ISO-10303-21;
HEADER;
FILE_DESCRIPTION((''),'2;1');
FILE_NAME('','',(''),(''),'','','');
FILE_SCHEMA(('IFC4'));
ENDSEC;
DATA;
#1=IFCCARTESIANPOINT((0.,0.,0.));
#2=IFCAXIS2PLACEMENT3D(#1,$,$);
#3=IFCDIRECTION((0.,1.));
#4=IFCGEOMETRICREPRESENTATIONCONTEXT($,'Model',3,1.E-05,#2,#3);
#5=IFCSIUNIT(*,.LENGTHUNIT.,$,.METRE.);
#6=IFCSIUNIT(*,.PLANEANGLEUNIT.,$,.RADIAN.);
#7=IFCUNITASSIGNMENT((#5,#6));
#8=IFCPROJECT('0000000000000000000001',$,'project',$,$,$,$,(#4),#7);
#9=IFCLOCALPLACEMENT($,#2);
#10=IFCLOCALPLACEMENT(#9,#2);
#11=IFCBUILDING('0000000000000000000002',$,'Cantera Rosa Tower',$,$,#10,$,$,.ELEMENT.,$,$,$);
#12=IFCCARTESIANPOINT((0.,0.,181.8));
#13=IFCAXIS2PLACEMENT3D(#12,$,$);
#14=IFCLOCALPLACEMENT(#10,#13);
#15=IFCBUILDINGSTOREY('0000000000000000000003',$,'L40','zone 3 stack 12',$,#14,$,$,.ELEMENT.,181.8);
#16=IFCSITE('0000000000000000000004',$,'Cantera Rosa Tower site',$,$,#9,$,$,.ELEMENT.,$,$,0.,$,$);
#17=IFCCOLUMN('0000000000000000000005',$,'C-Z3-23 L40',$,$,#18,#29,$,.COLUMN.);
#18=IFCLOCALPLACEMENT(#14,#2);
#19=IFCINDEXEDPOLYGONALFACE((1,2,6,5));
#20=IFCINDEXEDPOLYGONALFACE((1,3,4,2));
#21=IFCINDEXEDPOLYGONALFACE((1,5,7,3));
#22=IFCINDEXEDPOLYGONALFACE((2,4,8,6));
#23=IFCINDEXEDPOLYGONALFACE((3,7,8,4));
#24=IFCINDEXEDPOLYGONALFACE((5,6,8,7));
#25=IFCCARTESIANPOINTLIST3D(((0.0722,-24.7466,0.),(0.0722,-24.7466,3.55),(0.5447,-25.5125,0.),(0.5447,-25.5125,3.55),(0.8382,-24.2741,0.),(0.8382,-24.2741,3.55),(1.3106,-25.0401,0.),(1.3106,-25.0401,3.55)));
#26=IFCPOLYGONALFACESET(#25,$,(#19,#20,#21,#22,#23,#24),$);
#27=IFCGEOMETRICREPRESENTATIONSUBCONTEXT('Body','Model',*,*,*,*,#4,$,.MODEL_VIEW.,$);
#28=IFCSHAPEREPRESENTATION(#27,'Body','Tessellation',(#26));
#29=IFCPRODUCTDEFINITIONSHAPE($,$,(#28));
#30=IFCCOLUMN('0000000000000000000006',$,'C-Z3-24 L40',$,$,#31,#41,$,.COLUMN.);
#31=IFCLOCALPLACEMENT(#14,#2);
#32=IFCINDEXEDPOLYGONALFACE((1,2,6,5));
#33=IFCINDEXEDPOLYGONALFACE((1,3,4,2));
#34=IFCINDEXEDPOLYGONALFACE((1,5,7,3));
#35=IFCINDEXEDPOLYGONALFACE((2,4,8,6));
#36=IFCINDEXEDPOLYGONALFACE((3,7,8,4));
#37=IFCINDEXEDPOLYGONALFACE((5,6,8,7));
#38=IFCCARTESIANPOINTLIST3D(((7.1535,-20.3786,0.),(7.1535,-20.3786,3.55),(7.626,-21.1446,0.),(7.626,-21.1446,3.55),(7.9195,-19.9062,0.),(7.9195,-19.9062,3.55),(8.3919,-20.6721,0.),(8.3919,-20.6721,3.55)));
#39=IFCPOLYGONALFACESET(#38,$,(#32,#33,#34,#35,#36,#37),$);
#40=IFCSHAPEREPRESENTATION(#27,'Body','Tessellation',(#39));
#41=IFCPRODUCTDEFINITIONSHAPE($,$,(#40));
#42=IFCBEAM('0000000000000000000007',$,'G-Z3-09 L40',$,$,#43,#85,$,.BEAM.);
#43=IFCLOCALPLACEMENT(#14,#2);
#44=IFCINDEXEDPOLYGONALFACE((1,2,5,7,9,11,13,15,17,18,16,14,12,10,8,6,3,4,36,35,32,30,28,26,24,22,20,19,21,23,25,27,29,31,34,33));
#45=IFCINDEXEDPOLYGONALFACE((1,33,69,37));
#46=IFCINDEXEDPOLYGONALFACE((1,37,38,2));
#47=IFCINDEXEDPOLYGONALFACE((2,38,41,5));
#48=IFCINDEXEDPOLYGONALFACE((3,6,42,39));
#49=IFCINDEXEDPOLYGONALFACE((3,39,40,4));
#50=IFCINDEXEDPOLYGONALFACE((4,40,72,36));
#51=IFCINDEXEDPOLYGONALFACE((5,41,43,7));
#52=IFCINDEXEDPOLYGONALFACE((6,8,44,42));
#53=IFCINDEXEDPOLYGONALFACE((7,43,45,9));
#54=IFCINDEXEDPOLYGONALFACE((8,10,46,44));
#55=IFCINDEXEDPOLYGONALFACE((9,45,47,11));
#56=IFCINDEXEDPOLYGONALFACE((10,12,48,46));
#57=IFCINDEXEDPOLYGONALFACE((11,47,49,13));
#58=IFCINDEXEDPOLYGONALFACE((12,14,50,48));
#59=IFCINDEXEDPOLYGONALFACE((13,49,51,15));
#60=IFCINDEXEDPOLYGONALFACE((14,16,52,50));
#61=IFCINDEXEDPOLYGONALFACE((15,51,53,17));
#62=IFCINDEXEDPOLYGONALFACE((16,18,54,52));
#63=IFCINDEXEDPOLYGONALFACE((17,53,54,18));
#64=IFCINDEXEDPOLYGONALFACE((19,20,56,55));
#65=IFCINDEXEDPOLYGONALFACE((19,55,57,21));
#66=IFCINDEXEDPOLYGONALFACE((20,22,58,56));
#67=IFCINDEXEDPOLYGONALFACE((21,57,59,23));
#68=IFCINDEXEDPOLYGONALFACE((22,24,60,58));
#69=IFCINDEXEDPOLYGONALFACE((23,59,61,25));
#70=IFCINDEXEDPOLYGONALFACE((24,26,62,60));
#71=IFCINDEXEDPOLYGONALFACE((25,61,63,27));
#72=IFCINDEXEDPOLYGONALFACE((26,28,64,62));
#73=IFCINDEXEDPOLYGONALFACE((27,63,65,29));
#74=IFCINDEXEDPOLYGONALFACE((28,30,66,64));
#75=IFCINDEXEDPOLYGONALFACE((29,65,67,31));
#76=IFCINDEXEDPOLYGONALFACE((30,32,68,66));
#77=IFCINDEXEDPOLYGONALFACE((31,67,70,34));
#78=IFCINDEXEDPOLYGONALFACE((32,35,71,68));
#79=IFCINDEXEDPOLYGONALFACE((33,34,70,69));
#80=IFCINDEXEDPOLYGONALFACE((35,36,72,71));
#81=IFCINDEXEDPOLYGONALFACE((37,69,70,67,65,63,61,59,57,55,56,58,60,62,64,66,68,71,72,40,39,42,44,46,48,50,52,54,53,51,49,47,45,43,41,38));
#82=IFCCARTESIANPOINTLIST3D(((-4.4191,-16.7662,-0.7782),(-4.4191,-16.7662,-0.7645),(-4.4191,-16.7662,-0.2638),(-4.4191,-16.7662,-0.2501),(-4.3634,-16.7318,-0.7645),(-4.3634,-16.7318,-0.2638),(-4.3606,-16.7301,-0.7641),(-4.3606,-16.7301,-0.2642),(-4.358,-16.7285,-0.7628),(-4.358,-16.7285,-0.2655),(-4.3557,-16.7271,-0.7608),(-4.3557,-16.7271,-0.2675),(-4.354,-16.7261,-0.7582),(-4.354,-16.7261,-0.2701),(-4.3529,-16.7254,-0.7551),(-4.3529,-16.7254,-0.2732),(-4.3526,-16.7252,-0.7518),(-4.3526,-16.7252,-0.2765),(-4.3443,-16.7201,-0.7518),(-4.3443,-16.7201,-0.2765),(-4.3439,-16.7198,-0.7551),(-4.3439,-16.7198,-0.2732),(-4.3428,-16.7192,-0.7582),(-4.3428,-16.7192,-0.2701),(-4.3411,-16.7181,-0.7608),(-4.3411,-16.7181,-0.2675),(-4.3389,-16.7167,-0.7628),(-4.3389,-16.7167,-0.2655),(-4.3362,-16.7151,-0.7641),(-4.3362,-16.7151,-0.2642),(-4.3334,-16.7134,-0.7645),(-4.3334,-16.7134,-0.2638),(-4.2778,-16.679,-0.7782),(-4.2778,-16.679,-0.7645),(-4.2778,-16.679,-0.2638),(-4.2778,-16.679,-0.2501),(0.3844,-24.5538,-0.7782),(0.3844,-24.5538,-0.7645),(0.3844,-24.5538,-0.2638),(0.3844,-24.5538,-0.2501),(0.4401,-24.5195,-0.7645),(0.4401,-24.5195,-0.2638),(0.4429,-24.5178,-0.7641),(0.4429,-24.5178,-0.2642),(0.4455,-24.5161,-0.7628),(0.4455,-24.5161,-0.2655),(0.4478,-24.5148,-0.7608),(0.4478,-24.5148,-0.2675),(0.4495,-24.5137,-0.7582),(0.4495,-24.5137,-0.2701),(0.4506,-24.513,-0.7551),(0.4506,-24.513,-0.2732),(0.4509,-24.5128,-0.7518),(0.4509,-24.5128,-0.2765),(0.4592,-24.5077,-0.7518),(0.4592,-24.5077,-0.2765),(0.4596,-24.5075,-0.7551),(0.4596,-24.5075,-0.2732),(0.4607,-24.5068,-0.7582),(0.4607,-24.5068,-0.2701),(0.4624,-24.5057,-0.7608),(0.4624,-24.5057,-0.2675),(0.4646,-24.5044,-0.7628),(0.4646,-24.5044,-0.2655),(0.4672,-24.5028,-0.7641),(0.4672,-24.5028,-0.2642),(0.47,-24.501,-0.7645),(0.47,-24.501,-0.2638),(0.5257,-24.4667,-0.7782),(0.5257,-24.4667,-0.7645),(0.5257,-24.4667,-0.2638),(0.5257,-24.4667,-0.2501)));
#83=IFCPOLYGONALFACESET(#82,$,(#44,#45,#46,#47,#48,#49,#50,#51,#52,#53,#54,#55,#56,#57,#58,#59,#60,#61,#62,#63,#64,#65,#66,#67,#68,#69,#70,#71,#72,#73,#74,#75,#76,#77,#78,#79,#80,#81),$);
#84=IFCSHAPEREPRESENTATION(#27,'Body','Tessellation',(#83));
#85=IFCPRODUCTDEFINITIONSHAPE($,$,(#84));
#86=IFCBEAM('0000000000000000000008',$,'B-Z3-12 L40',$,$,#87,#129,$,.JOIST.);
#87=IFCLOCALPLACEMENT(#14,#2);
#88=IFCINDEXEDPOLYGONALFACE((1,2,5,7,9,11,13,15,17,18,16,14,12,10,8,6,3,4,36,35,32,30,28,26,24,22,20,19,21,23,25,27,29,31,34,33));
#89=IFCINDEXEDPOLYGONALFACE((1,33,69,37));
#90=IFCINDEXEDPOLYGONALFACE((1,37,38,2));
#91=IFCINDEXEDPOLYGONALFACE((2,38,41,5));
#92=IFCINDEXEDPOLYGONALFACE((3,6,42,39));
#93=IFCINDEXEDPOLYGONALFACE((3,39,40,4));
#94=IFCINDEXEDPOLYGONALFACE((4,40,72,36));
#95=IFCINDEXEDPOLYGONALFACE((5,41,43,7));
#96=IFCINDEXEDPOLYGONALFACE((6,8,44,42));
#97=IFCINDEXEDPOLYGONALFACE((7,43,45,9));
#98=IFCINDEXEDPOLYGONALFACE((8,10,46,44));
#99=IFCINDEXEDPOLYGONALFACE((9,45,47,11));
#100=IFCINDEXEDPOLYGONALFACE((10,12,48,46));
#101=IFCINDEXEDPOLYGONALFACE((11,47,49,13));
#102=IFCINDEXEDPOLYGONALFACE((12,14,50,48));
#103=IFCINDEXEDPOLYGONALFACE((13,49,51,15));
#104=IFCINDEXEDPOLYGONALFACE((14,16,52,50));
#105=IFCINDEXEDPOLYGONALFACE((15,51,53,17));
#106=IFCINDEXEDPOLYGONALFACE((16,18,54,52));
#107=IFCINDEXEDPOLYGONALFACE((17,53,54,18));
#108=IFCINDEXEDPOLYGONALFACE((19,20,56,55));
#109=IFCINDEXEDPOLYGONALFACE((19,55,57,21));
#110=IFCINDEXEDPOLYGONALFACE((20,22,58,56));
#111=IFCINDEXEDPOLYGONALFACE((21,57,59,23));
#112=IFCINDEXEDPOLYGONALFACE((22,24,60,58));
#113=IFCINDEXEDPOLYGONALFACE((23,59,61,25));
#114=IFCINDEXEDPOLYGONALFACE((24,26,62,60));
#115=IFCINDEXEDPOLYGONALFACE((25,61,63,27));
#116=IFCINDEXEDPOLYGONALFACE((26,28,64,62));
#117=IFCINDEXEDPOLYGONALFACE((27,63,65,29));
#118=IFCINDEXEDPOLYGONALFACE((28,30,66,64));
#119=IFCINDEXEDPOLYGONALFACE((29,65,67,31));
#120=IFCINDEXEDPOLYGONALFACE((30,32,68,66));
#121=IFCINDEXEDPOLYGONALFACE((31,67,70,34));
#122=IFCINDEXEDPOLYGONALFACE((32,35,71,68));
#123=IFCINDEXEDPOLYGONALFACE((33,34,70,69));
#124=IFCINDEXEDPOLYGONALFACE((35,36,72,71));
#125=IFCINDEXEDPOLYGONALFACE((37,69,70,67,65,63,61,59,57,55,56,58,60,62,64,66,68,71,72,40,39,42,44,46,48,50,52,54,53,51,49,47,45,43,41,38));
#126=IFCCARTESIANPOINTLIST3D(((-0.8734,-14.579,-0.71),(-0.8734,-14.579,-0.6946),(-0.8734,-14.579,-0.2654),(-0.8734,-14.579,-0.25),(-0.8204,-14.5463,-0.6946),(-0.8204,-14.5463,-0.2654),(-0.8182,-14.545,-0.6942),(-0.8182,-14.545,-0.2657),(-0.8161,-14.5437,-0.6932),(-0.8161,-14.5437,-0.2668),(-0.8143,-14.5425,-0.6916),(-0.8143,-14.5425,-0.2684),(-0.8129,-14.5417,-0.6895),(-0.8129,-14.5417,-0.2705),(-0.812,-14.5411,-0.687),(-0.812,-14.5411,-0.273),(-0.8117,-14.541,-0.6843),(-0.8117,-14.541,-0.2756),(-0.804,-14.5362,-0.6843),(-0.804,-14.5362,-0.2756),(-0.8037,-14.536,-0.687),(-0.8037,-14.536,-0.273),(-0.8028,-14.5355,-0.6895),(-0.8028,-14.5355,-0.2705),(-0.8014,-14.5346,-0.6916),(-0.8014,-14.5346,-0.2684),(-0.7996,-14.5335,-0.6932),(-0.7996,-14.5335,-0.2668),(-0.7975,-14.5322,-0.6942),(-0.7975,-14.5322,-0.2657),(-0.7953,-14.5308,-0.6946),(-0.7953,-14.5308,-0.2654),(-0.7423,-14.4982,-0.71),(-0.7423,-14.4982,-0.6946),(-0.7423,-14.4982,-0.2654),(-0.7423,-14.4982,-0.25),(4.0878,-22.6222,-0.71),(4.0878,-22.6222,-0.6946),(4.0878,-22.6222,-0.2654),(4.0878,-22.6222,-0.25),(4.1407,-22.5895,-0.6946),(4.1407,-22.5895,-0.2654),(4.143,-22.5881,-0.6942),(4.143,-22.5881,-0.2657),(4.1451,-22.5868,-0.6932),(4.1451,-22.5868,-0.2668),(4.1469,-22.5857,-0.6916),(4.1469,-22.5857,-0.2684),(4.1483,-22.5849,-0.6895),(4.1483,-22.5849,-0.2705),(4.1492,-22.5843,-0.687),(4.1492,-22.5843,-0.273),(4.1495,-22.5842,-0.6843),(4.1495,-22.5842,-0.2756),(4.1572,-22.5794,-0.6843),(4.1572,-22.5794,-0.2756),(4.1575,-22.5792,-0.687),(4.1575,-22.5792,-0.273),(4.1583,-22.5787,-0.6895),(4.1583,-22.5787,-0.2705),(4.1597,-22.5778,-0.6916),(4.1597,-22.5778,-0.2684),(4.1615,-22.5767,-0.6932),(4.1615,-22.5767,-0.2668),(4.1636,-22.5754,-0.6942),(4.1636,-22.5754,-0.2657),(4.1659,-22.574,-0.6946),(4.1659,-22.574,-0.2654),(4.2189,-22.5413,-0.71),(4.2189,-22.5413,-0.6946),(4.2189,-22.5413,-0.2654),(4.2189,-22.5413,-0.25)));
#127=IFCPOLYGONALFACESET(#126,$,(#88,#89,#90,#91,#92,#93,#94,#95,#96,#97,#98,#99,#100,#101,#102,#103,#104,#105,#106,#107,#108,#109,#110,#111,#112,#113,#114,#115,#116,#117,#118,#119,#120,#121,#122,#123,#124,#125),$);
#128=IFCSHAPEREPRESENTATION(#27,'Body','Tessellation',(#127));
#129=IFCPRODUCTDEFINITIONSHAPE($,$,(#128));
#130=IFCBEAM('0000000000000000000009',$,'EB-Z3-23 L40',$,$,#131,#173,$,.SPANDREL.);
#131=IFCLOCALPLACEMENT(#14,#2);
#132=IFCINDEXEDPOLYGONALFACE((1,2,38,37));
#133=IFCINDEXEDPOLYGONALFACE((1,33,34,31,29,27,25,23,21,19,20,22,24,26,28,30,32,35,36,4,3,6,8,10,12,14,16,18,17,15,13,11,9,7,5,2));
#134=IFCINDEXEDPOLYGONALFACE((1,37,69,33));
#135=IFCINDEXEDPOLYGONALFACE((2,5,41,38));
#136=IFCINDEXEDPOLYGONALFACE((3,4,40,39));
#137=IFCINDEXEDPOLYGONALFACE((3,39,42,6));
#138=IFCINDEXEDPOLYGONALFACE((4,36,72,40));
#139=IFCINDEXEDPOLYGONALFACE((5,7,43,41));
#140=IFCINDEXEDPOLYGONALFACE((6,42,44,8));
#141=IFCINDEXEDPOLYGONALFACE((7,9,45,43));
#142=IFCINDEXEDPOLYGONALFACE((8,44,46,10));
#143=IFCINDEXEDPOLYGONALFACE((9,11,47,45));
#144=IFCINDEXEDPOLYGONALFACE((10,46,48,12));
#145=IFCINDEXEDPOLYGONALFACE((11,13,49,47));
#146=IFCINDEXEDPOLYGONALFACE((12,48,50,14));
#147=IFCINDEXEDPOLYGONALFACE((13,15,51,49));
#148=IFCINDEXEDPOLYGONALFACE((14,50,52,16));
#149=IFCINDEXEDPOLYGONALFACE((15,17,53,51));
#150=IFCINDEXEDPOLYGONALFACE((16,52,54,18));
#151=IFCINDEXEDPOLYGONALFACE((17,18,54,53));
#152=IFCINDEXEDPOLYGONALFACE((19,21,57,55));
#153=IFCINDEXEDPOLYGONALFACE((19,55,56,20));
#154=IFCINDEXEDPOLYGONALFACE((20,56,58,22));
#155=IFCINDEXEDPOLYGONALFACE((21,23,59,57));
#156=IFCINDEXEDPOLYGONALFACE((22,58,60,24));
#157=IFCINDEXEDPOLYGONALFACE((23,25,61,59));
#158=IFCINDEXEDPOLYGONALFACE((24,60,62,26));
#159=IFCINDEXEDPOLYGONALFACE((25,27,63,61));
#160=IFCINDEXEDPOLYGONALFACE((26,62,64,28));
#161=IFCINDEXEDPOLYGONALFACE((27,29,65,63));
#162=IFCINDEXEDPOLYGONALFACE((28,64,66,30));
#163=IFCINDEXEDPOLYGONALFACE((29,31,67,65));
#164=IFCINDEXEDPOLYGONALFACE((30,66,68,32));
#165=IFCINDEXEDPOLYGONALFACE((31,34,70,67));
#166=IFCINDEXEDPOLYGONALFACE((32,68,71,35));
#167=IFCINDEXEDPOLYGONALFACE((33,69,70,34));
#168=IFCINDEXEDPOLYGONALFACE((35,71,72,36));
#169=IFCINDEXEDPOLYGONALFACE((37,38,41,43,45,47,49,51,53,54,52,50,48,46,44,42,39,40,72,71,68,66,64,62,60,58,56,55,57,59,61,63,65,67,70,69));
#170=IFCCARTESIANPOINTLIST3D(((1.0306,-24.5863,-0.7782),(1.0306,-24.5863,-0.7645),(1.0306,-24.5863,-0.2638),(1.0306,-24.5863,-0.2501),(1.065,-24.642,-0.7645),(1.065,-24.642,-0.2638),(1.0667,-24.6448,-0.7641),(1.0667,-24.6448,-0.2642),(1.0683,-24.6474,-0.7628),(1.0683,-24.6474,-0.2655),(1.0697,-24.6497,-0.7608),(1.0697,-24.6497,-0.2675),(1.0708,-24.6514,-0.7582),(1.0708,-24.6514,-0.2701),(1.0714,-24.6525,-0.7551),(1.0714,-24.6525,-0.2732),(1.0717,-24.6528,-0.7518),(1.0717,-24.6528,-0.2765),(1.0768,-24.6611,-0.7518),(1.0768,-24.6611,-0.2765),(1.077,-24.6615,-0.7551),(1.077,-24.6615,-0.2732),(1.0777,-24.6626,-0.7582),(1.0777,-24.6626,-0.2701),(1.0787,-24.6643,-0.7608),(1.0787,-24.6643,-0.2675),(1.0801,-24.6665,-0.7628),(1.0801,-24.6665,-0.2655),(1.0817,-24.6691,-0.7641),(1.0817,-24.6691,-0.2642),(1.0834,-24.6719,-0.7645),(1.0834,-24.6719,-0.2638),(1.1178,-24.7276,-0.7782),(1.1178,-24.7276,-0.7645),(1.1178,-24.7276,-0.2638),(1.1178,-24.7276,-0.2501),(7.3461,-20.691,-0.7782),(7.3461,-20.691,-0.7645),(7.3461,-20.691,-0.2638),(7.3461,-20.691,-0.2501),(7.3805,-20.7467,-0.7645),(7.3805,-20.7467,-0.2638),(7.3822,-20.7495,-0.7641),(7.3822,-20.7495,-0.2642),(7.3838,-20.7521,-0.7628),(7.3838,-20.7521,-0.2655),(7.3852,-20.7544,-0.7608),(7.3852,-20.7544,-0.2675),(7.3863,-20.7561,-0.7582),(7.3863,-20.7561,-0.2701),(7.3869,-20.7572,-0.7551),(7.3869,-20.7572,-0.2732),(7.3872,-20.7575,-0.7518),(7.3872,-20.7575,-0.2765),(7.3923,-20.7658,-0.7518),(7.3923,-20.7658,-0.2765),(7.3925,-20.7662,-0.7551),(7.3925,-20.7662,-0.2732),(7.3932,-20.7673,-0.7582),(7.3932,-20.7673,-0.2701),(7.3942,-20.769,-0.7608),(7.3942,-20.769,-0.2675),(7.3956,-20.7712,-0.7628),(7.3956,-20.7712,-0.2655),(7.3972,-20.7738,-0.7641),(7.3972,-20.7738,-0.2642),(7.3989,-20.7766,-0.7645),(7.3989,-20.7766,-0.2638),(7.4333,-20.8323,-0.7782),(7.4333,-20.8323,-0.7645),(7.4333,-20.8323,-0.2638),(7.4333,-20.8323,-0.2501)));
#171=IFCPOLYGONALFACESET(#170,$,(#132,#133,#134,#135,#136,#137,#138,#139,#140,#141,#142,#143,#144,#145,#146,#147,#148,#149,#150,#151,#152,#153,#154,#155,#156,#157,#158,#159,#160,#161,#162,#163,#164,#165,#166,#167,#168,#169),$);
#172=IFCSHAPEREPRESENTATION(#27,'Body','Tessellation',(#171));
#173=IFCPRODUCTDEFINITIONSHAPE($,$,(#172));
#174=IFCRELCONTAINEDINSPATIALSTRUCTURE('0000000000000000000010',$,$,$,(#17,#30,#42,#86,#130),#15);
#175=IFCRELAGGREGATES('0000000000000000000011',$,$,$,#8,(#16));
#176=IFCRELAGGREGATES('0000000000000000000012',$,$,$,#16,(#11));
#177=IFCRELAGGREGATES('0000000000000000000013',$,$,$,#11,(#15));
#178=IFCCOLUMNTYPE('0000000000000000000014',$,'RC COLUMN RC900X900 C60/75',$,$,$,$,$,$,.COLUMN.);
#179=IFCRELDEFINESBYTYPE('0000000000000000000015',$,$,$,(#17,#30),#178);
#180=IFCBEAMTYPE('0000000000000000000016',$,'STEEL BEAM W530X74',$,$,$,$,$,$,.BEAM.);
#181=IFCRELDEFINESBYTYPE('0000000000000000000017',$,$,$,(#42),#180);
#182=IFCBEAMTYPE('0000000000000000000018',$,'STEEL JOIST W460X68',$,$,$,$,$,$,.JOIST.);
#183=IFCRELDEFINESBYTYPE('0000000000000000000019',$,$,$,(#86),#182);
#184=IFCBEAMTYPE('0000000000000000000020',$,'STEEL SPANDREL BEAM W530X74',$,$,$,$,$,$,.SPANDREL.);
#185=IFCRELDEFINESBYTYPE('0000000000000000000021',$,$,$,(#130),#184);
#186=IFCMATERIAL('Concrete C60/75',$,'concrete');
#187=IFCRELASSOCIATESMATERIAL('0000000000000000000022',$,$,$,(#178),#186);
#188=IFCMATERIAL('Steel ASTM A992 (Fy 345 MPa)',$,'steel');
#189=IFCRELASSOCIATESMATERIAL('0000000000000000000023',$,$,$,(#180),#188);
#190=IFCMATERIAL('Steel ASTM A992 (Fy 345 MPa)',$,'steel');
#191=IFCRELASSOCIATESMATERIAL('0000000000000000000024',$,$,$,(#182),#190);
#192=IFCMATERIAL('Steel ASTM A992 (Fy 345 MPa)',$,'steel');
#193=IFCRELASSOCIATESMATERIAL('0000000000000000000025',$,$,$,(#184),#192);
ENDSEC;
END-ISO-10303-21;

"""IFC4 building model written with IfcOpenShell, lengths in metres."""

from ifc_helpers import new_model, si_unit, direction, frame, origin, origin_2d, place, context, subcontext, project, spatial, rectangle, i_section, extrude, material, material_profile, profile_set, type_object, element, save


model = new_model("IFC4")

# Units and contexts
model_context = context("Model", 3, precision=1e-05, world=origin(), true_north=direction((0.0, 1.0)))
body_context = subcontext(model_context, "Body", "Model", "MODEL_VIEW")
ifc_project = project(units=[si_unit("LENGTHUNIT", "METRE"), si_unit("PLANEANGLEUNIT", "RADIAN")], contexts=[model_context])

# Site, building, storey
site_placement = place(None, origin())
site = spatial("IfcSite", under=ifc_project, at=site_placement, Name="Cantera Rosa Tower site", CompositionType="ELEMENT", RefElevation=0.0)
building_placement = place(site_placement, origin())
building = spatial("IfcBuilding", under=site, at=building_placement, Name="Cantera Rosa Tower", CompositionType="ELEMENT")
storey_placement = place(building_placement, frame((0.0, 0.0, 181.8)))
storey = spatial("IfcBuildingStorey", under=building, at=storey_placement, Name="L40", Description="zone 3 stack 12", CompositionType="ELEMENT", Elevation=181.8)

# Columns
ifc_material_1 = material(Name="Concrete C60/75", Category="concrete")
ifc_material_profile_1 = material_profile(ifc_material_1, rectangle(XDim=0.8999, YDim=0.8999, at=origin_2d()), Name="RC COLUMN RC900X900 C60/75")
ifc_profile_set_1 = profile_set([ifc_material_profile_1], Name="Concrete C60/75")
column_type = type_object("IfcColumnType", Name="RC COLUMN RC900X900 C60/75", PredefinedType="COLUMN", material=ifc_profile_set_1)
for number, where, z_axis, x_axis, name in (
    (1, (0.6914, -24.8933, 0.0), (0.0, 0.0, 1.0), (0.851117, 0.524977, 0.0), "C-Z3-23 L40"),
    (2, (7.7727, -20.5254, 0.0), (0.0, 0.0, 1.0), (0.851117, 0.524977, 0.0), "C-Z3-24 L40"),
):
    element("IfcColumn", number, at=place(storey_placement, frame(where, z_axis=z_axis, x_axis=x_axis)), inside=storey, type_object=column_type, Name=name, PredefinedType="COLUMN", context=body_context, shape_type="SweptSolid", body=[
        extrude(rectangle(XDim=0.8999, YDim=0.8999, at=origin_2d()), origin(), (0.0, 0.0, 1.0), 3.55),
    ])

# Beams
ifc_material_2 = material(Name="Steel ASTM A992 (Fy 345 MPa)", Category="steel")
ifc_material_profile_2 = material_profile(ifc_material_2, i_section(OverallWidth=0.166, OverallDepth=0.5281, WebThickness=0.0098, FlangeThickness=0.0137, FilletRadius=0.0127, at=origin_2d()), Name="W530X74")
ifc_profile_set_2 = profile_set([ifc_material_profile_2], Name="Steel ASTM A992 (Fy 345 MPa)")
beam_type_1 = type_object("IfcBeamType", Name="STEEL BEAM W530X74", PredefinedType="BEAM", material=ifc_profile_set_2)
beam_1_placement = place(storey_placement, frame((0.4551, -24.5103, -0.5142), z_axis=(-0.524977, 0.851116, 0.0), x_axis=(-0.851116, -0.524977, 0.0)))
element("IfcBeam", 3, at=beam_1_placement, inside=storey, type_object=beam_type_1, Name="G-Z3-09 L40", PredefinedType="BEAM", context=body_context, shape_type="SweptSolid", body=[
    extrude(i_section(OverallWidth=0.166, OverallDepth=0.5281, WebThickness=0.0098, FlangeThickness=0.0137, FilletRadius=0.0127, at=origin_2d()), origin(), (0.0, 0.0, 1.0), 9.1499),
])
ifc_material_3 = material(Name="Steel ASTM A992 (Fy 345 MPa)", Category="steel")
ifc_material_profile_3 = material_profile(ifc_material_3, i_section(OverallWidth=0.1541, OverallDepth=0.46, WebThickness=0.009, FlangeThickness=0.0154, FilletRadius=0.0103, at=origin_2d()), Name="W460X68")
ifc_profile_set_3 = profile_set([ifc_material_profile_3], Name="Steel ASTM A992 (Fy 345 MPa)")
beam_type_2 = type_object("IfcBeamType", Name="STEEL JOIST W460X68", PredefinedType="JOIST", material=ifc_profile_set_3)
beam_2_placement = place(storey_placement, frame((4.1533, -22.5818, -0.48), z_axis=(-0.524981, 0.851114, 0.0), x_axis=(-0.851114, -0.524981, 0.0)))
element("IfcBeam", 4, at=beam_2_placement, inside=storey, type_object=beam_type_2, Name="B-Z3-12 L40", PredefinedType="JOIST", context=body_context, shape_type="SweptSolid", body=[
    extrude(i_section(OverallWidth=0.1541, OverallDepth=0.46, WebThickness=0.009, FlangeThickness=0.0154, FilletRadius=0.0103, at=origin_2d()), origin(), (0.0, 0.0, 1.0), 9.4502),
])
ifc_material_4 = material(Name="Steel ASTM A992 (Fy 345 MPa)", Category="steel")
ifc_material_profile_4 = material_profile(ifc_material_4, i_section(OverallWidth=0.166, OverallDepth=0.5281, WebThickness=0.0098, FlangeThickness=0.0137, FilletRadius=0.0127, at=origin_2d()), Name="W530X74")
ifc_profile_set_4 = profile_set([ifc_material_profile_4], Name="Steel ASTM A992 (Fy 345 MPa)")
beam_type_3 = type_object("IfcBeamType", Name="STEEL SPANDREL BEAM W530X74", PredefinedType="SPANDREL", material=ifc_profile_set_4)
for number, where, z_axis, x_axis, name in (
    (5, (1.0742, -24.657, -0.5142), (0.851126, 0.524962, 0.0), (-0.524962, 0.851126, 0.0), "EB-Z3-23 L40"),
):
    element("IfcBeam", number, at=place(storey_placement, frame(where, z_axis=z_axis, x_axis=x_axis)), inside=storey, type_object=beam_type_3, Name=name, PredefinedType="SPANDREL", context=body_context, shape_type="SweptSolid", body=[
        extrude(i_section(OverallWidth=0.166, OverallDepth=0.5281, WebThickness=0.0098, FlangeThickness=0.0137, FilletRadius=0.0127, at=origin_2d()), origin(), (0.0, 0.0, 1.0), 7.4202),
    ])

save(model, "model.ifc")
